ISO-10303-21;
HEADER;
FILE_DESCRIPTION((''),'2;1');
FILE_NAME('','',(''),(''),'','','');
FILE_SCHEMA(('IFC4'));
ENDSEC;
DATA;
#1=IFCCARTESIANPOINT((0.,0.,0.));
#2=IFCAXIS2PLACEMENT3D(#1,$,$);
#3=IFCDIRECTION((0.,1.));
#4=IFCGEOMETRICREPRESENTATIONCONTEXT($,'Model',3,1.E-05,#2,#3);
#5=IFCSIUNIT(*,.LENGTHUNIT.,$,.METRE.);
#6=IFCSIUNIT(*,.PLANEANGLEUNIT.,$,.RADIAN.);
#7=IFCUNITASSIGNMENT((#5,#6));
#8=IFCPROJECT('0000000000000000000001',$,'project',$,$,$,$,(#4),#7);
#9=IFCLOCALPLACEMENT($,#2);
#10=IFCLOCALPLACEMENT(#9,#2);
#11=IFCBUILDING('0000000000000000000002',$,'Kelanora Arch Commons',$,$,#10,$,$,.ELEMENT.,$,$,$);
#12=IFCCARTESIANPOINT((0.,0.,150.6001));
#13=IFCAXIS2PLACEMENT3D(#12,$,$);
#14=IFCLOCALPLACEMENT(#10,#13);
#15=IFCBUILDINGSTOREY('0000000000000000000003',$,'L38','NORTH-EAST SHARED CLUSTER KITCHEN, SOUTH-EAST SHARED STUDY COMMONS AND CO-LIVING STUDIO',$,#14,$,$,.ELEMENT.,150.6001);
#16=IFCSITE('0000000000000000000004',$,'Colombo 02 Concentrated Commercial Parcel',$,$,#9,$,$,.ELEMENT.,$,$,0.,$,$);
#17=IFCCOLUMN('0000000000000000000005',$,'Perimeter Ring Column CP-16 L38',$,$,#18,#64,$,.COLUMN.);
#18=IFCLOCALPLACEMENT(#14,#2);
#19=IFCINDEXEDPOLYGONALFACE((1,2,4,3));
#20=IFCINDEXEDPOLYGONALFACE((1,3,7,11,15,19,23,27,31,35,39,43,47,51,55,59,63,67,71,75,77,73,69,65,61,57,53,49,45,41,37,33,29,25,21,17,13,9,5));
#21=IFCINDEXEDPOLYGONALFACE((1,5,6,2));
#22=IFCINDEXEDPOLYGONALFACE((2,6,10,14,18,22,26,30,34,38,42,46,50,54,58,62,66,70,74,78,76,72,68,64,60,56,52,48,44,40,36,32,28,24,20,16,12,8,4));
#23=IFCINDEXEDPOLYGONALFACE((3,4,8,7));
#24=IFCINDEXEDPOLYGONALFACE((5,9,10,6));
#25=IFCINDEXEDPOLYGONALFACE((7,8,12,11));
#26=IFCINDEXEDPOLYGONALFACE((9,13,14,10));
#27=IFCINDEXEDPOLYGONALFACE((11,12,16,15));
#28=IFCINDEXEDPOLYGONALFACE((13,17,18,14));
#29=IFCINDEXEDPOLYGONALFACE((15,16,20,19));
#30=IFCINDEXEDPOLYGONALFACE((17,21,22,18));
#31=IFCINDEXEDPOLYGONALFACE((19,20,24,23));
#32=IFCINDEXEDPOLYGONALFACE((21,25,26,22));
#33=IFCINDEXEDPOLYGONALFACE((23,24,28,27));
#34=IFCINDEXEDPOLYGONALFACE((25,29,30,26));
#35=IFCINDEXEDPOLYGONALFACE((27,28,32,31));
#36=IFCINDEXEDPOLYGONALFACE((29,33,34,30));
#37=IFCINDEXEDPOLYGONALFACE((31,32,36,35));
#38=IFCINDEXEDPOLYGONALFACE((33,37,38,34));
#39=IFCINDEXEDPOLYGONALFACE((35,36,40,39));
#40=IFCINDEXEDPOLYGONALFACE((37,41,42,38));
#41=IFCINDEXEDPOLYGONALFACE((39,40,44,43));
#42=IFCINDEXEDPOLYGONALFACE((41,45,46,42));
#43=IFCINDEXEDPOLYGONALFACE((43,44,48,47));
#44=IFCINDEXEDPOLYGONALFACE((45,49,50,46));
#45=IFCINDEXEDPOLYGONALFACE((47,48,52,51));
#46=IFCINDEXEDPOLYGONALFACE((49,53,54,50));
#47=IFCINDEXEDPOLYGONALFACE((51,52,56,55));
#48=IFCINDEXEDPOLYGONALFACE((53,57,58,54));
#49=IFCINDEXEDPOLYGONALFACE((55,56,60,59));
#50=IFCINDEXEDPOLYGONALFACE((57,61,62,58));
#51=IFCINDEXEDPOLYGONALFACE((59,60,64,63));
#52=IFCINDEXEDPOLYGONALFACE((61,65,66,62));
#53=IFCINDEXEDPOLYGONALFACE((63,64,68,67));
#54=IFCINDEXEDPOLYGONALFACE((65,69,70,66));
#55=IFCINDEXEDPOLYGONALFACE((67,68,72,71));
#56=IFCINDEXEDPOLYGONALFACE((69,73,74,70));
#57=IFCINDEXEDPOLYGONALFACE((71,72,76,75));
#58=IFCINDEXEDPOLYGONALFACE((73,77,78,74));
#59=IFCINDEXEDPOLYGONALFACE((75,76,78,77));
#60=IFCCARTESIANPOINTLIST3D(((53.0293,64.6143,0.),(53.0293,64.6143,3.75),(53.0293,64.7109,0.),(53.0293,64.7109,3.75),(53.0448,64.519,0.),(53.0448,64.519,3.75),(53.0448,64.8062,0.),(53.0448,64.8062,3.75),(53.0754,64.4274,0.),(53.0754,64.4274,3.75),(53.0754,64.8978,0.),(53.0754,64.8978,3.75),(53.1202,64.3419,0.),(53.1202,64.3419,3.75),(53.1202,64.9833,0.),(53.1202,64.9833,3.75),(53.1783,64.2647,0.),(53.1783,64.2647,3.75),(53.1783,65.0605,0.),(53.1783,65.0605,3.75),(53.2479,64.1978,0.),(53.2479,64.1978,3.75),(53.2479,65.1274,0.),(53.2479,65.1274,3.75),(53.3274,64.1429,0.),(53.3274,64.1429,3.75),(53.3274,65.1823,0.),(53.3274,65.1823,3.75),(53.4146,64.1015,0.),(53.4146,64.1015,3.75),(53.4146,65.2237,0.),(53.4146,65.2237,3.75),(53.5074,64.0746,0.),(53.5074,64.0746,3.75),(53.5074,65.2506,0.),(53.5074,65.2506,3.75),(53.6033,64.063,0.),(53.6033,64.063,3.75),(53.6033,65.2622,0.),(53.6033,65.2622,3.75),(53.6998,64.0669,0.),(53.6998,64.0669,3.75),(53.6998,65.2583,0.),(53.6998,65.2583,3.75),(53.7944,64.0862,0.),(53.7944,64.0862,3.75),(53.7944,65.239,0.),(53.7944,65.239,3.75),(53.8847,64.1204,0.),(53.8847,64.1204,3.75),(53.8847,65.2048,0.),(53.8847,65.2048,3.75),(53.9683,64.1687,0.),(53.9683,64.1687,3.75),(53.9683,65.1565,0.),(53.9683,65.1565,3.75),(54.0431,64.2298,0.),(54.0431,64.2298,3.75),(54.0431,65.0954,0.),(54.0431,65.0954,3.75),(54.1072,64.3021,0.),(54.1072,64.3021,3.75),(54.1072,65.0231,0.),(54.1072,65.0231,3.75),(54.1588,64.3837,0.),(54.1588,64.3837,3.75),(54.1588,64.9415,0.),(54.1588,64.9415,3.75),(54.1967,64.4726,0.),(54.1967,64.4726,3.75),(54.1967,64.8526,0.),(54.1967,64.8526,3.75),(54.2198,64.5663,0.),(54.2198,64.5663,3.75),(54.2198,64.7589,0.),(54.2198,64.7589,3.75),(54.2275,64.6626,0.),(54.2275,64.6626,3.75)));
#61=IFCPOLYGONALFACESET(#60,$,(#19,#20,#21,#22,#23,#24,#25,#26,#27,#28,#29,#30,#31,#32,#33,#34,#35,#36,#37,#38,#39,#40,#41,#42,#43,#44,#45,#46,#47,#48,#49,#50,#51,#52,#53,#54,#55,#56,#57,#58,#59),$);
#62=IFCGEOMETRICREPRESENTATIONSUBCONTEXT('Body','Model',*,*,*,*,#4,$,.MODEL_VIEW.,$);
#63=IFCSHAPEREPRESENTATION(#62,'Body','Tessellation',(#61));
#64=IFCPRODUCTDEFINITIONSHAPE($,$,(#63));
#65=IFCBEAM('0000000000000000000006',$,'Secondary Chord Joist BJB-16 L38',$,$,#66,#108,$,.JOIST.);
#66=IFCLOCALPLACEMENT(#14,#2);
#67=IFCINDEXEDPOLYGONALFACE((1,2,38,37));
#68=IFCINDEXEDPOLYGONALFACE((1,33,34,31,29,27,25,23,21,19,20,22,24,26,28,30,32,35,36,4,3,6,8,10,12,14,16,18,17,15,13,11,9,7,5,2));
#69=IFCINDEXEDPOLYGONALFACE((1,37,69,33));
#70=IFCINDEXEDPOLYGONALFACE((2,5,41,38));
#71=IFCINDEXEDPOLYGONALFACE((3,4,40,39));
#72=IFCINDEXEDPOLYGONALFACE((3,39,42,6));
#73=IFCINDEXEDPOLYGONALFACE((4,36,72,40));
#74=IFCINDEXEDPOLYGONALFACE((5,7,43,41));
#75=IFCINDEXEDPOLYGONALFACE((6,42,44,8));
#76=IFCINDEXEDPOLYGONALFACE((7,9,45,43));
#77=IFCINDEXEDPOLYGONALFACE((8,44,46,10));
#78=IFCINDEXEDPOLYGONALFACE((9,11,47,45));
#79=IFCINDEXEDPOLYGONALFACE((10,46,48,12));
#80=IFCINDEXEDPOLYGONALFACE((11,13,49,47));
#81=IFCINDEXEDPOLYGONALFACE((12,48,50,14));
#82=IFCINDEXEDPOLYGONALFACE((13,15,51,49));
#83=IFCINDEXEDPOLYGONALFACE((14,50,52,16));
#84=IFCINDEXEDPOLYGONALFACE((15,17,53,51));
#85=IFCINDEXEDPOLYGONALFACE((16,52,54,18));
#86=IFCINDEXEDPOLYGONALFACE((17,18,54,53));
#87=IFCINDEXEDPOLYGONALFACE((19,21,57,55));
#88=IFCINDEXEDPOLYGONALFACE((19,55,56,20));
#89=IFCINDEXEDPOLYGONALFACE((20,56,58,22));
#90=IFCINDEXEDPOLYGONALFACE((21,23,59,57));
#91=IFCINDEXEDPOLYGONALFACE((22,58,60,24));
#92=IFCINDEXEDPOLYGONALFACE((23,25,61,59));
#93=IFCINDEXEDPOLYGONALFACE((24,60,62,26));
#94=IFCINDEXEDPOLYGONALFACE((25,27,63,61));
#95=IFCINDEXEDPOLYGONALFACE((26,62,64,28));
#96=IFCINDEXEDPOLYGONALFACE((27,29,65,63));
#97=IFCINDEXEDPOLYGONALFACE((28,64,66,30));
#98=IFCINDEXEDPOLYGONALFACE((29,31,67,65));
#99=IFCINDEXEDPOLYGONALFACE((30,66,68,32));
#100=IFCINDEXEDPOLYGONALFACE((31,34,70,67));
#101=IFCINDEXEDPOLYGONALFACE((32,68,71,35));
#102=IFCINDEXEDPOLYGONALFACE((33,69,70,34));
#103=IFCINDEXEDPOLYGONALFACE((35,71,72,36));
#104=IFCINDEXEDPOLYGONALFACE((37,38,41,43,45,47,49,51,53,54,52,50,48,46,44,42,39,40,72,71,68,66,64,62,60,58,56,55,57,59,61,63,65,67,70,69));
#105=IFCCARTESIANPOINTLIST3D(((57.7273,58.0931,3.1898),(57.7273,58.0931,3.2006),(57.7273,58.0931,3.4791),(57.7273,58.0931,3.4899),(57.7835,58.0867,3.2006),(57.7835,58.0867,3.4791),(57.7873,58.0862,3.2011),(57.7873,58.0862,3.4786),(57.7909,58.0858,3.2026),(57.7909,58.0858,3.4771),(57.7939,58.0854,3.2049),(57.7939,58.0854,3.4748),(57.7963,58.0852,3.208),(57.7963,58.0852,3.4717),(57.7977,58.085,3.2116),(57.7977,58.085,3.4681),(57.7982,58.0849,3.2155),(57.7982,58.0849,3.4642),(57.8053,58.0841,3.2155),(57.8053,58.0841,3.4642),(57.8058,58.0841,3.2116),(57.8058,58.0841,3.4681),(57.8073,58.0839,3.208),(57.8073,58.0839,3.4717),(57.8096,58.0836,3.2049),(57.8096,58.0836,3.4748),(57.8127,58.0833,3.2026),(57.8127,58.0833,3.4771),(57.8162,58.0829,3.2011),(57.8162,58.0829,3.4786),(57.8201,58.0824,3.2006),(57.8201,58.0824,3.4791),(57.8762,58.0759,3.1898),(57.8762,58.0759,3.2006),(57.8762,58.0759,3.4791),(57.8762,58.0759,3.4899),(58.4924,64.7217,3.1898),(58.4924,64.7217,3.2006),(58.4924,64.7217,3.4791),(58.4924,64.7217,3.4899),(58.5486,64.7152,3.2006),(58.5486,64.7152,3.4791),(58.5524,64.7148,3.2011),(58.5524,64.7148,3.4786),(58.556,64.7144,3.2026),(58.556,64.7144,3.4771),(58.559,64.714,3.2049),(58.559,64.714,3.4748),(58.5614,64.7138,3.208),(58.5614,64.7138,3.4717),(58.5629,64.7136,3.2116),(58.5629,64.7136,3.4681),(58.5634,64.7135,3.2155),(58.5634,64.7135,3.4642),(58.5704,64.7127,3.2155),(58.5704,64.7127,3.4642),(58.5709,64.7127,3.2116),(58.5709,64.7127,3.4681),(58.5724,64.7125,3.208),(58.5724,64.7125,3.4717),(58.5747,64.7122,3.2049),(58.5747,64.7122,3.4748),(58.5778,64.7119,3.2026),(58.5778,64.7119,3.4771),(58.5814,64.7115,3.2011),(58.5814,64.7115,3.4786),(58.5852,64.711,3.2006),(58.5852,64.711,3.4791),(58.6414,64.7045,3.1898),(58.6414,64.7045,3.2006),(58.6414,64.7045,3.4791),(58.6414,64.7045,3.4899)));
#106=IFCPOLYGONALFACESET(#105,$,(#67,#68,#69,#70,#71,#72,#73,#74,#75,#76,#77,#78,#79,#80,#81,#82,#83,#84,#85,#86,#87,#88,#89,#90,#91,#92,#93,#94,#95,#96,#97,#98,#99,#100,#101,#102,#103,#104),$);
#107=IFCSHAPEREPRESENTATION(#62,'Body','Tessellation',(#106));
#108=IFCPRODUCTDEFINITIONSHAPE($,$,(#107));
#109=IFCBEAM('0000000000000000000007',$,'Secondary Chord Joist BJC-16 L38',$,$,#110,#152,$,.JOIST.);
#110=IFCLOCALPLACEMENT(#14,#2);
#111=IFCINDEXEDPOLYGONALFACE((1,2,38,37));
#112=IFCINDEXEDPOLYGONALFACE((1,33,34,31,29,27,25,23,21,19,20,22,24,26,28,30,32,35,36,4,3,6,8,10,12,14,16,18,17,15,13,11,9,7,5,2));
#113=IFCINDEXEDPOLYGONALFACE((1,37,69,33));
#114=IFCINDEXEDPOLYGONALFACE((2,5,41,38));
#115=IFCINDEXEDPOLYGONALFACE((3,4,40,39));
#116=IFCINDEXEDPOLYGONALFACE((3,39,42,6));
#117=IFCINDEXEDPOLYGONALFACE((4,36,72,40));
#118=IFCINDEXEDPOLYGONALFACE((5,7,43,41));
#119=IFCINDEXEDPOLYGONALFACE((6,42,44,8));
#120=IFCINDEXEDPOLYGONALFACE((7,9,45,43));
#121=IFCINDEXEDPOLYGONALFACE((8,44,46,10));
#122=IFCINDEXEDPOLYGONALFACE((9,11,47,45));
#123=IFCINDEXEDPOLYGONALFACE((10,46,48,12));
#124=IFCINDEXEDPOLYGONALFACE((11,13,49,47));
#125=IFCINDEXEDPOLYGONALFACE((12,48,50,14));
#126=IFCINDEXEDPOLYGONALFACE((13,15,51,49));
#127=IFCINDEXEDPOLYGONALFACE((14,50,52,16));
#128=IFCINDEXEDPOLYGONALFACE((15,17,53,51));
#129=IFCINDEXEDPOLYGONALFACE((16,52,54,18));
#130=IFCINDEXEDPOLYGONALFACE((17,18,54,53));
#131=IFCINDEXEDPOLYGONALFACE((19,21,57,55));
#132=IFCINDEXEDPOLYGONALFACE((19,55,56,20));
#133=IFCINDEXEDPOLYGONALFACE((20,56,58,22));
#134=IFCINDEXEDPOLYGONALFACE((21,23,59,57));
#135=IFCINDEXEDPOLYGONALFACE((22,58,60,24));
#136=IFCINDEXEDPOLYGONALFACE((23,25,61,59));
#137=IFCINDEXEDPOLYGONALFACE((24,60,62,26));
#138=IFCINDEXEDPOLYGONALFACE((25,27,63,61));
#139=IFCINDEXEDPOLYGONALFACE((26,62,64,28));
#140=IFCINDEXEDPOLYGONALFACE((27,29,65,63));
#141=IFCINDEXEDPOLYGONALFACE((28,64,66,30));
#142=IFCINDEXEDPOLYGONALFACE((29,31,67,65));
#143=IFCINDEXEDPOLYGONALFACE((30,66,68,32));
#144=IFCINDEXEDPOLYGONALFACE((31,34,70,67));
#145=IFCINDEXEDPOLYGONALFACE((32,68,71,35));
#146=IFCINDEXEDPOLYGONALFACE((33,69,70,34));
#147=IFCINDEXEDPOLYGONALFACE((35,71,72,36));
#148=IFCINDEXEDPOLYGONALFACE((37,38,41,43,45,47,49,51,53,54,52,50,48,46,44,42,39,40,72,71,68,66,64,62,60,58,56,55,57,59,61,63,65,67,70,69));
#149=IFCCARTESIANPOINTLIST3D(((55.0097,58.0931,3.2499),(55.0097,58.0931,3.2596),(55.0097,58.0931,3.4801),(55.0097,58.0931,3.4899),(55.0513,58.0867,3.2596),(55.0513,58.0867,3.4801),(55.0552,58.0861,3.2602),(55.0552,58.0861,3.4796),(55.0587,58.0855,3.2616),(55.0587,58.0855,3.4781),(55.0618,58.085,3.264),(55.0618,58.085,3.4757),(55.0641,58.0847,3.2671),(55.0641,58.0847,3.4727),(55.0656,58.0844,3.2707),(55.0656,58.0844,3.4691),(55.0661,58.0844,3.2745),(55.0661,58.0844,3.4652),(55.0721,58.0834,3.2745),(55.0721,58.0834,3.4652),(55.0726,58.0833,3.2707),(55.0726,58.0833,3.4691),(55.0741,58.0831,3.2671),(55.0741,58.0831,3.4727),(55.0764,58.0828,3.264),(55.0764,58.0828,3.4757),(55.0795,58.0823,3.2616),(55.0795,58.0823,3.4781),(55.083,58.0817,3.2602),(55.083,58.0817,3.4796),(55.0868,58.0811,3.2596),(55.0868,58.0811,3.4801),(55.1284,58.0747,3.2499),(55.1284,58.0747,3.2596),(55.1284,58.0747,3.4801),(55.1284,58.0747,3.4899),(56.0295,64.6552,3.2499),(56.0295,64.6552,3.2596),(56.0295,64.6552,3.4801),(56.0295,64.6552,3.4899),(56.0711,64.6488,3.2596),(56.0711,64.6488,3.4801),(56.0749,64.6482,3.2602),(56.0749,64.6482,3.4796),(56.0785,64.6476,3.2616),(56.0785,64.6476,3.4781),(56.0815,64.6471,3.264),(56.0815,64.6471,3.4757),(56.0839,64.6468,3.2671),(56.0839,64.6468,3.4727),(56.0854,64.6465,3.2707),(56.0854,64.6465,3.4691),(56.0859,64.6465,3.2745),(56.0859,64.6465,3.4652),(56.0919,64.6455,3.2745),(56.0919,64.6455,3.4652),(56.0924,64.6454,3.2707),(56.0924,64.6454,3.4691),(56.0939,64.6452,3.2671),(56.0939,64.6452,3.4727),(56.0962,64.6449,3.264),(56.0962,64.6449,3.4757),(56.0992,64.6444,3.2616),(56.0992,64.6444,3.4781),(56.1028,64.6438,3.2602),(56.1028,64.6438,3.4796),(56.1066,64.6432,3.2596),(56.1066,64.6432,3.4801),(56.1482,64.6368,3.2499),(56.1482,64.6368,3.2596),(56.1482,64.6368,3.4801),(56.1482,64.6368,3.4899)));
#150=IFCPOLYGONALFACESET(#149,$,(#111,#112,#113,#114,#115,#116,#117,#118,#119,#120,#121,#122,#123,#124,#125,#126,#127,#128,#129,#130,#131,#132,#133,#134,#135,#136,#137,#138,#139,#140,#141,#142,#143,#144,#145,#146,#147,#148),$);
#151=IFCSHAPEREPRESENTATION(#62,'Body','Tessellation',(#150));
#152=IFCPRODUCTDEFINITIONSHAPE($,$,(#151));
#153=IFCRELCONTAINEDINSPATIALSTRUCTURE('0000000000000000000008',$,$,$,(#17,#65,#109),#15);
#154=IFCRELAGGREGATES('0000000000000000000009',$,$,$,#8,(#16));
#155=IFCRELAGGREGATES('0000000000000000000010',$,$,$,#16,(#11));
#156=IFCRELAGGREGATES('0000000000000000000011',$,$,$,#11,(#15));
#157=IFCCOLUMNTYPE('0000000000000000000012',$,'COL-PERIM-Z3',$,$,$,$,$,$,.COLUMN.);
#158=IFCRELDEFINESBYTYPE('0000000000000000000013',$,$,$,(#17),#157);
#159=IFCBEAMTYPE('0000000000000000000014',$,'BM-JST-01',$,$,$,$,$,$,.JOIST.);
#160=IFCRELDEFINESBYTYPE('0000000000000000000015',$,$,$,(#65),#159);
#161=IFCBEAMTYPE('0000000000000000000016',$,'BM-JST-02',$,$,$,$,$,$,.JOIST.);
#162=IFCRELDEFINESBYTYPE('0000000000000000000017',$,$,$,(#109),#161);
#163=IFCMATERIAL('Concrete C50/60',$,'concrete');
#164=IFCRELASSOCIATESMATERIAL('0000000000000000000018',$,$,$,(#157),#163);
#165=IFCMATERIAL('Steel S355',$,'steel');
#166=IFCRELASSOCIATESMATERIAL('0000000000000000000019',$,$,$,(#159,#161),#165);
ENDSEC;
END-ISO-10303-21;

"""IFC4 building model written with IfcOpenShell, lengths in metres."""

from ifc_helpers import new_model, si_unit, direction, frame, origin, origin_2d, place, context, subcontext, project, spatial, circle, i_section, extrude, material, material_profile, profile_set, type_object, element, save


model = new_model("IFC4")

# Units and contexts
model_context = context("Model", 3, precision=1e-05, world=origin(), true_north=direction((0.0, 1.0)))
body_context = subcontext(model_context, "Body", "Model", "MODEL_VIEW")
ifc_project = project(units=[si_unit("LENGTHUNIT", "METRE"), si_unit("PLANEANGLEUNIT", "RADIAN")], contexts=[model_context])

# Site, building, storey
site_placement = place(None, origin())
site = spatial("IfcSite", under=ifc_project, at=site_placement, Name="Colombo 02 Concentrated Commercial Parcel", CompositionType="ELEMENT", RefElevation=0.0)
building_placement = place(site_placement, origin())
building = spatial("IfcBuilding", under=site, at=building_placement, Name="Kelanora Arch Commons", CompositionType="ELEMENT")
storey_placement = place(building_placement, frame((0.0, 0.0, 150.6001)))
storey = spatial("IfcBuildingStorey", under=building, at=storey_placement, Name="L38", Description="NORTH-EAST SHARED CLUSTER KITCHEN, SOUTH-EAST SHARED STUDY COMMONS AND CO-LIVING STUDIO", CompositionType="ELEMENT", Elevation=150.6001)

# Column
ifc_material_1 = material(Name="Concrete C50/60", Category="concrete")
ifc_material_profile_1 = material_profile(ifc_material_1, circle(Radius=0.6001, at=origin_2d()), Name="RCC1200")
ifc_profile_set_1 = profile_set([ifc_material_profile_1], Name="Concrete C50/60")
column_type = type_object("IfcColumnType", Name="COL-PERIM-Z3", PredefinedType="COLUMN", material=ifc_profile_set_1)
column_placement = place(storey_placement, frame((53.6274, 64.6626, 0.0), z_axis=(0.0, 0.0, 1.0), x_axis=(1.0, 0.0, 0.0)))
element("IfcColumn", 1, at=column_placement, inside=storey, type_object=column_type, Name="Perimeter Ring Column CP-16 L38", PredefinedType="COLUMN", context=body_context, shape_type="SweptSolid", body=[
    extrude(circle(Radius=0.6001, at=origin_2d()), origin(), (0.0, 0.0, 1.0), 3.75),
])

# Beams
ifc_material_2 = material(Name="Steel S355", Category="steel")
ifc_material_profile_2 = material_profile(ifc_material_2, i_section(OverallWidth=0.1499, OverallDepth=0.3, WebThickness=0.0071, FlangeThickness=0.0107, FilletRadius=0.0149, at=origin_2d()), Name="IPE300")
ifc_profile_set_2 = profile_set([ifc_material_profile_2], Name="Steel S355")
beam_type_1 = type_object("IfcBeamType", Name="BM-JST-01", PredefinedType="JOIST", material=ifc_profile_set_2)
beam_1_placement = place(storey_placement, frame((58.5669, 64.7131, 3.3398), z_axis=(-0.114667, -0.993404, 0.0), x_axis=(0.993404, -0.114667, 0.0)))
element("IfcBeam", 2, at=beam_1_placement, inside=storey, type_object=beam_type_1, Name="Secondary Chord Joist BJB-16 L38", PredefinedType="JOIST", context=body_context, shape_type="SweptSolid", body=[
    extrude(i_section(OverallWidth=0.1499, OverallDepth=0.3, WebThickness=0.0071, FlangeThickness=0.0107, FilletRadius=0.0149, at=origin_2d()), origin(), (0.0, 0.0, 1.0), 6.6726),
])
ifc_material_profile_3 = material_profile(ifc_material_2, i_section(OverallWidth=0.1201, OverallDepth=0.24, WebThickness=0.0061, FlangeThickness=0.0098, FilletRadius=0.0149, at=origin_2d()), Name="IPE240")
ifc_profile_set_3 = profile_set([ifc_material_profile_3], Name="Steel S355")
beam_type_2 = type_object("IfcBeamType", Name="BM-JST-02", PredefinedType="JOIST", material=ifc_profile_set_3)
beam_2_placement = place(storey_placement, frame((56.0889, 64.646, 3.3699), z_axis=(-0.153563, -0.988139, 0.0), x_axis=(0.988139, -0.153563, 0.0)))
element("IfcBeam", 3, at=beam_2_placement, inside=storey, type_object=beam_type_2, Name="Secondary Chord Joist BJC-16 L38", PredefinedType="JOIST", context=body_context, shape_type="SweptSolid", body=[
    extrude(i_section(OverallWidth=0.1201, OverallDepth=0.24, WebThickness=0.0061, FlangeThickness=0.0098, FilletRadius=0.0149, at=origin_2d()), origin(), (0.0, 0.0, 1.0), 6.6409),
])

save(model, "model.ifc")
